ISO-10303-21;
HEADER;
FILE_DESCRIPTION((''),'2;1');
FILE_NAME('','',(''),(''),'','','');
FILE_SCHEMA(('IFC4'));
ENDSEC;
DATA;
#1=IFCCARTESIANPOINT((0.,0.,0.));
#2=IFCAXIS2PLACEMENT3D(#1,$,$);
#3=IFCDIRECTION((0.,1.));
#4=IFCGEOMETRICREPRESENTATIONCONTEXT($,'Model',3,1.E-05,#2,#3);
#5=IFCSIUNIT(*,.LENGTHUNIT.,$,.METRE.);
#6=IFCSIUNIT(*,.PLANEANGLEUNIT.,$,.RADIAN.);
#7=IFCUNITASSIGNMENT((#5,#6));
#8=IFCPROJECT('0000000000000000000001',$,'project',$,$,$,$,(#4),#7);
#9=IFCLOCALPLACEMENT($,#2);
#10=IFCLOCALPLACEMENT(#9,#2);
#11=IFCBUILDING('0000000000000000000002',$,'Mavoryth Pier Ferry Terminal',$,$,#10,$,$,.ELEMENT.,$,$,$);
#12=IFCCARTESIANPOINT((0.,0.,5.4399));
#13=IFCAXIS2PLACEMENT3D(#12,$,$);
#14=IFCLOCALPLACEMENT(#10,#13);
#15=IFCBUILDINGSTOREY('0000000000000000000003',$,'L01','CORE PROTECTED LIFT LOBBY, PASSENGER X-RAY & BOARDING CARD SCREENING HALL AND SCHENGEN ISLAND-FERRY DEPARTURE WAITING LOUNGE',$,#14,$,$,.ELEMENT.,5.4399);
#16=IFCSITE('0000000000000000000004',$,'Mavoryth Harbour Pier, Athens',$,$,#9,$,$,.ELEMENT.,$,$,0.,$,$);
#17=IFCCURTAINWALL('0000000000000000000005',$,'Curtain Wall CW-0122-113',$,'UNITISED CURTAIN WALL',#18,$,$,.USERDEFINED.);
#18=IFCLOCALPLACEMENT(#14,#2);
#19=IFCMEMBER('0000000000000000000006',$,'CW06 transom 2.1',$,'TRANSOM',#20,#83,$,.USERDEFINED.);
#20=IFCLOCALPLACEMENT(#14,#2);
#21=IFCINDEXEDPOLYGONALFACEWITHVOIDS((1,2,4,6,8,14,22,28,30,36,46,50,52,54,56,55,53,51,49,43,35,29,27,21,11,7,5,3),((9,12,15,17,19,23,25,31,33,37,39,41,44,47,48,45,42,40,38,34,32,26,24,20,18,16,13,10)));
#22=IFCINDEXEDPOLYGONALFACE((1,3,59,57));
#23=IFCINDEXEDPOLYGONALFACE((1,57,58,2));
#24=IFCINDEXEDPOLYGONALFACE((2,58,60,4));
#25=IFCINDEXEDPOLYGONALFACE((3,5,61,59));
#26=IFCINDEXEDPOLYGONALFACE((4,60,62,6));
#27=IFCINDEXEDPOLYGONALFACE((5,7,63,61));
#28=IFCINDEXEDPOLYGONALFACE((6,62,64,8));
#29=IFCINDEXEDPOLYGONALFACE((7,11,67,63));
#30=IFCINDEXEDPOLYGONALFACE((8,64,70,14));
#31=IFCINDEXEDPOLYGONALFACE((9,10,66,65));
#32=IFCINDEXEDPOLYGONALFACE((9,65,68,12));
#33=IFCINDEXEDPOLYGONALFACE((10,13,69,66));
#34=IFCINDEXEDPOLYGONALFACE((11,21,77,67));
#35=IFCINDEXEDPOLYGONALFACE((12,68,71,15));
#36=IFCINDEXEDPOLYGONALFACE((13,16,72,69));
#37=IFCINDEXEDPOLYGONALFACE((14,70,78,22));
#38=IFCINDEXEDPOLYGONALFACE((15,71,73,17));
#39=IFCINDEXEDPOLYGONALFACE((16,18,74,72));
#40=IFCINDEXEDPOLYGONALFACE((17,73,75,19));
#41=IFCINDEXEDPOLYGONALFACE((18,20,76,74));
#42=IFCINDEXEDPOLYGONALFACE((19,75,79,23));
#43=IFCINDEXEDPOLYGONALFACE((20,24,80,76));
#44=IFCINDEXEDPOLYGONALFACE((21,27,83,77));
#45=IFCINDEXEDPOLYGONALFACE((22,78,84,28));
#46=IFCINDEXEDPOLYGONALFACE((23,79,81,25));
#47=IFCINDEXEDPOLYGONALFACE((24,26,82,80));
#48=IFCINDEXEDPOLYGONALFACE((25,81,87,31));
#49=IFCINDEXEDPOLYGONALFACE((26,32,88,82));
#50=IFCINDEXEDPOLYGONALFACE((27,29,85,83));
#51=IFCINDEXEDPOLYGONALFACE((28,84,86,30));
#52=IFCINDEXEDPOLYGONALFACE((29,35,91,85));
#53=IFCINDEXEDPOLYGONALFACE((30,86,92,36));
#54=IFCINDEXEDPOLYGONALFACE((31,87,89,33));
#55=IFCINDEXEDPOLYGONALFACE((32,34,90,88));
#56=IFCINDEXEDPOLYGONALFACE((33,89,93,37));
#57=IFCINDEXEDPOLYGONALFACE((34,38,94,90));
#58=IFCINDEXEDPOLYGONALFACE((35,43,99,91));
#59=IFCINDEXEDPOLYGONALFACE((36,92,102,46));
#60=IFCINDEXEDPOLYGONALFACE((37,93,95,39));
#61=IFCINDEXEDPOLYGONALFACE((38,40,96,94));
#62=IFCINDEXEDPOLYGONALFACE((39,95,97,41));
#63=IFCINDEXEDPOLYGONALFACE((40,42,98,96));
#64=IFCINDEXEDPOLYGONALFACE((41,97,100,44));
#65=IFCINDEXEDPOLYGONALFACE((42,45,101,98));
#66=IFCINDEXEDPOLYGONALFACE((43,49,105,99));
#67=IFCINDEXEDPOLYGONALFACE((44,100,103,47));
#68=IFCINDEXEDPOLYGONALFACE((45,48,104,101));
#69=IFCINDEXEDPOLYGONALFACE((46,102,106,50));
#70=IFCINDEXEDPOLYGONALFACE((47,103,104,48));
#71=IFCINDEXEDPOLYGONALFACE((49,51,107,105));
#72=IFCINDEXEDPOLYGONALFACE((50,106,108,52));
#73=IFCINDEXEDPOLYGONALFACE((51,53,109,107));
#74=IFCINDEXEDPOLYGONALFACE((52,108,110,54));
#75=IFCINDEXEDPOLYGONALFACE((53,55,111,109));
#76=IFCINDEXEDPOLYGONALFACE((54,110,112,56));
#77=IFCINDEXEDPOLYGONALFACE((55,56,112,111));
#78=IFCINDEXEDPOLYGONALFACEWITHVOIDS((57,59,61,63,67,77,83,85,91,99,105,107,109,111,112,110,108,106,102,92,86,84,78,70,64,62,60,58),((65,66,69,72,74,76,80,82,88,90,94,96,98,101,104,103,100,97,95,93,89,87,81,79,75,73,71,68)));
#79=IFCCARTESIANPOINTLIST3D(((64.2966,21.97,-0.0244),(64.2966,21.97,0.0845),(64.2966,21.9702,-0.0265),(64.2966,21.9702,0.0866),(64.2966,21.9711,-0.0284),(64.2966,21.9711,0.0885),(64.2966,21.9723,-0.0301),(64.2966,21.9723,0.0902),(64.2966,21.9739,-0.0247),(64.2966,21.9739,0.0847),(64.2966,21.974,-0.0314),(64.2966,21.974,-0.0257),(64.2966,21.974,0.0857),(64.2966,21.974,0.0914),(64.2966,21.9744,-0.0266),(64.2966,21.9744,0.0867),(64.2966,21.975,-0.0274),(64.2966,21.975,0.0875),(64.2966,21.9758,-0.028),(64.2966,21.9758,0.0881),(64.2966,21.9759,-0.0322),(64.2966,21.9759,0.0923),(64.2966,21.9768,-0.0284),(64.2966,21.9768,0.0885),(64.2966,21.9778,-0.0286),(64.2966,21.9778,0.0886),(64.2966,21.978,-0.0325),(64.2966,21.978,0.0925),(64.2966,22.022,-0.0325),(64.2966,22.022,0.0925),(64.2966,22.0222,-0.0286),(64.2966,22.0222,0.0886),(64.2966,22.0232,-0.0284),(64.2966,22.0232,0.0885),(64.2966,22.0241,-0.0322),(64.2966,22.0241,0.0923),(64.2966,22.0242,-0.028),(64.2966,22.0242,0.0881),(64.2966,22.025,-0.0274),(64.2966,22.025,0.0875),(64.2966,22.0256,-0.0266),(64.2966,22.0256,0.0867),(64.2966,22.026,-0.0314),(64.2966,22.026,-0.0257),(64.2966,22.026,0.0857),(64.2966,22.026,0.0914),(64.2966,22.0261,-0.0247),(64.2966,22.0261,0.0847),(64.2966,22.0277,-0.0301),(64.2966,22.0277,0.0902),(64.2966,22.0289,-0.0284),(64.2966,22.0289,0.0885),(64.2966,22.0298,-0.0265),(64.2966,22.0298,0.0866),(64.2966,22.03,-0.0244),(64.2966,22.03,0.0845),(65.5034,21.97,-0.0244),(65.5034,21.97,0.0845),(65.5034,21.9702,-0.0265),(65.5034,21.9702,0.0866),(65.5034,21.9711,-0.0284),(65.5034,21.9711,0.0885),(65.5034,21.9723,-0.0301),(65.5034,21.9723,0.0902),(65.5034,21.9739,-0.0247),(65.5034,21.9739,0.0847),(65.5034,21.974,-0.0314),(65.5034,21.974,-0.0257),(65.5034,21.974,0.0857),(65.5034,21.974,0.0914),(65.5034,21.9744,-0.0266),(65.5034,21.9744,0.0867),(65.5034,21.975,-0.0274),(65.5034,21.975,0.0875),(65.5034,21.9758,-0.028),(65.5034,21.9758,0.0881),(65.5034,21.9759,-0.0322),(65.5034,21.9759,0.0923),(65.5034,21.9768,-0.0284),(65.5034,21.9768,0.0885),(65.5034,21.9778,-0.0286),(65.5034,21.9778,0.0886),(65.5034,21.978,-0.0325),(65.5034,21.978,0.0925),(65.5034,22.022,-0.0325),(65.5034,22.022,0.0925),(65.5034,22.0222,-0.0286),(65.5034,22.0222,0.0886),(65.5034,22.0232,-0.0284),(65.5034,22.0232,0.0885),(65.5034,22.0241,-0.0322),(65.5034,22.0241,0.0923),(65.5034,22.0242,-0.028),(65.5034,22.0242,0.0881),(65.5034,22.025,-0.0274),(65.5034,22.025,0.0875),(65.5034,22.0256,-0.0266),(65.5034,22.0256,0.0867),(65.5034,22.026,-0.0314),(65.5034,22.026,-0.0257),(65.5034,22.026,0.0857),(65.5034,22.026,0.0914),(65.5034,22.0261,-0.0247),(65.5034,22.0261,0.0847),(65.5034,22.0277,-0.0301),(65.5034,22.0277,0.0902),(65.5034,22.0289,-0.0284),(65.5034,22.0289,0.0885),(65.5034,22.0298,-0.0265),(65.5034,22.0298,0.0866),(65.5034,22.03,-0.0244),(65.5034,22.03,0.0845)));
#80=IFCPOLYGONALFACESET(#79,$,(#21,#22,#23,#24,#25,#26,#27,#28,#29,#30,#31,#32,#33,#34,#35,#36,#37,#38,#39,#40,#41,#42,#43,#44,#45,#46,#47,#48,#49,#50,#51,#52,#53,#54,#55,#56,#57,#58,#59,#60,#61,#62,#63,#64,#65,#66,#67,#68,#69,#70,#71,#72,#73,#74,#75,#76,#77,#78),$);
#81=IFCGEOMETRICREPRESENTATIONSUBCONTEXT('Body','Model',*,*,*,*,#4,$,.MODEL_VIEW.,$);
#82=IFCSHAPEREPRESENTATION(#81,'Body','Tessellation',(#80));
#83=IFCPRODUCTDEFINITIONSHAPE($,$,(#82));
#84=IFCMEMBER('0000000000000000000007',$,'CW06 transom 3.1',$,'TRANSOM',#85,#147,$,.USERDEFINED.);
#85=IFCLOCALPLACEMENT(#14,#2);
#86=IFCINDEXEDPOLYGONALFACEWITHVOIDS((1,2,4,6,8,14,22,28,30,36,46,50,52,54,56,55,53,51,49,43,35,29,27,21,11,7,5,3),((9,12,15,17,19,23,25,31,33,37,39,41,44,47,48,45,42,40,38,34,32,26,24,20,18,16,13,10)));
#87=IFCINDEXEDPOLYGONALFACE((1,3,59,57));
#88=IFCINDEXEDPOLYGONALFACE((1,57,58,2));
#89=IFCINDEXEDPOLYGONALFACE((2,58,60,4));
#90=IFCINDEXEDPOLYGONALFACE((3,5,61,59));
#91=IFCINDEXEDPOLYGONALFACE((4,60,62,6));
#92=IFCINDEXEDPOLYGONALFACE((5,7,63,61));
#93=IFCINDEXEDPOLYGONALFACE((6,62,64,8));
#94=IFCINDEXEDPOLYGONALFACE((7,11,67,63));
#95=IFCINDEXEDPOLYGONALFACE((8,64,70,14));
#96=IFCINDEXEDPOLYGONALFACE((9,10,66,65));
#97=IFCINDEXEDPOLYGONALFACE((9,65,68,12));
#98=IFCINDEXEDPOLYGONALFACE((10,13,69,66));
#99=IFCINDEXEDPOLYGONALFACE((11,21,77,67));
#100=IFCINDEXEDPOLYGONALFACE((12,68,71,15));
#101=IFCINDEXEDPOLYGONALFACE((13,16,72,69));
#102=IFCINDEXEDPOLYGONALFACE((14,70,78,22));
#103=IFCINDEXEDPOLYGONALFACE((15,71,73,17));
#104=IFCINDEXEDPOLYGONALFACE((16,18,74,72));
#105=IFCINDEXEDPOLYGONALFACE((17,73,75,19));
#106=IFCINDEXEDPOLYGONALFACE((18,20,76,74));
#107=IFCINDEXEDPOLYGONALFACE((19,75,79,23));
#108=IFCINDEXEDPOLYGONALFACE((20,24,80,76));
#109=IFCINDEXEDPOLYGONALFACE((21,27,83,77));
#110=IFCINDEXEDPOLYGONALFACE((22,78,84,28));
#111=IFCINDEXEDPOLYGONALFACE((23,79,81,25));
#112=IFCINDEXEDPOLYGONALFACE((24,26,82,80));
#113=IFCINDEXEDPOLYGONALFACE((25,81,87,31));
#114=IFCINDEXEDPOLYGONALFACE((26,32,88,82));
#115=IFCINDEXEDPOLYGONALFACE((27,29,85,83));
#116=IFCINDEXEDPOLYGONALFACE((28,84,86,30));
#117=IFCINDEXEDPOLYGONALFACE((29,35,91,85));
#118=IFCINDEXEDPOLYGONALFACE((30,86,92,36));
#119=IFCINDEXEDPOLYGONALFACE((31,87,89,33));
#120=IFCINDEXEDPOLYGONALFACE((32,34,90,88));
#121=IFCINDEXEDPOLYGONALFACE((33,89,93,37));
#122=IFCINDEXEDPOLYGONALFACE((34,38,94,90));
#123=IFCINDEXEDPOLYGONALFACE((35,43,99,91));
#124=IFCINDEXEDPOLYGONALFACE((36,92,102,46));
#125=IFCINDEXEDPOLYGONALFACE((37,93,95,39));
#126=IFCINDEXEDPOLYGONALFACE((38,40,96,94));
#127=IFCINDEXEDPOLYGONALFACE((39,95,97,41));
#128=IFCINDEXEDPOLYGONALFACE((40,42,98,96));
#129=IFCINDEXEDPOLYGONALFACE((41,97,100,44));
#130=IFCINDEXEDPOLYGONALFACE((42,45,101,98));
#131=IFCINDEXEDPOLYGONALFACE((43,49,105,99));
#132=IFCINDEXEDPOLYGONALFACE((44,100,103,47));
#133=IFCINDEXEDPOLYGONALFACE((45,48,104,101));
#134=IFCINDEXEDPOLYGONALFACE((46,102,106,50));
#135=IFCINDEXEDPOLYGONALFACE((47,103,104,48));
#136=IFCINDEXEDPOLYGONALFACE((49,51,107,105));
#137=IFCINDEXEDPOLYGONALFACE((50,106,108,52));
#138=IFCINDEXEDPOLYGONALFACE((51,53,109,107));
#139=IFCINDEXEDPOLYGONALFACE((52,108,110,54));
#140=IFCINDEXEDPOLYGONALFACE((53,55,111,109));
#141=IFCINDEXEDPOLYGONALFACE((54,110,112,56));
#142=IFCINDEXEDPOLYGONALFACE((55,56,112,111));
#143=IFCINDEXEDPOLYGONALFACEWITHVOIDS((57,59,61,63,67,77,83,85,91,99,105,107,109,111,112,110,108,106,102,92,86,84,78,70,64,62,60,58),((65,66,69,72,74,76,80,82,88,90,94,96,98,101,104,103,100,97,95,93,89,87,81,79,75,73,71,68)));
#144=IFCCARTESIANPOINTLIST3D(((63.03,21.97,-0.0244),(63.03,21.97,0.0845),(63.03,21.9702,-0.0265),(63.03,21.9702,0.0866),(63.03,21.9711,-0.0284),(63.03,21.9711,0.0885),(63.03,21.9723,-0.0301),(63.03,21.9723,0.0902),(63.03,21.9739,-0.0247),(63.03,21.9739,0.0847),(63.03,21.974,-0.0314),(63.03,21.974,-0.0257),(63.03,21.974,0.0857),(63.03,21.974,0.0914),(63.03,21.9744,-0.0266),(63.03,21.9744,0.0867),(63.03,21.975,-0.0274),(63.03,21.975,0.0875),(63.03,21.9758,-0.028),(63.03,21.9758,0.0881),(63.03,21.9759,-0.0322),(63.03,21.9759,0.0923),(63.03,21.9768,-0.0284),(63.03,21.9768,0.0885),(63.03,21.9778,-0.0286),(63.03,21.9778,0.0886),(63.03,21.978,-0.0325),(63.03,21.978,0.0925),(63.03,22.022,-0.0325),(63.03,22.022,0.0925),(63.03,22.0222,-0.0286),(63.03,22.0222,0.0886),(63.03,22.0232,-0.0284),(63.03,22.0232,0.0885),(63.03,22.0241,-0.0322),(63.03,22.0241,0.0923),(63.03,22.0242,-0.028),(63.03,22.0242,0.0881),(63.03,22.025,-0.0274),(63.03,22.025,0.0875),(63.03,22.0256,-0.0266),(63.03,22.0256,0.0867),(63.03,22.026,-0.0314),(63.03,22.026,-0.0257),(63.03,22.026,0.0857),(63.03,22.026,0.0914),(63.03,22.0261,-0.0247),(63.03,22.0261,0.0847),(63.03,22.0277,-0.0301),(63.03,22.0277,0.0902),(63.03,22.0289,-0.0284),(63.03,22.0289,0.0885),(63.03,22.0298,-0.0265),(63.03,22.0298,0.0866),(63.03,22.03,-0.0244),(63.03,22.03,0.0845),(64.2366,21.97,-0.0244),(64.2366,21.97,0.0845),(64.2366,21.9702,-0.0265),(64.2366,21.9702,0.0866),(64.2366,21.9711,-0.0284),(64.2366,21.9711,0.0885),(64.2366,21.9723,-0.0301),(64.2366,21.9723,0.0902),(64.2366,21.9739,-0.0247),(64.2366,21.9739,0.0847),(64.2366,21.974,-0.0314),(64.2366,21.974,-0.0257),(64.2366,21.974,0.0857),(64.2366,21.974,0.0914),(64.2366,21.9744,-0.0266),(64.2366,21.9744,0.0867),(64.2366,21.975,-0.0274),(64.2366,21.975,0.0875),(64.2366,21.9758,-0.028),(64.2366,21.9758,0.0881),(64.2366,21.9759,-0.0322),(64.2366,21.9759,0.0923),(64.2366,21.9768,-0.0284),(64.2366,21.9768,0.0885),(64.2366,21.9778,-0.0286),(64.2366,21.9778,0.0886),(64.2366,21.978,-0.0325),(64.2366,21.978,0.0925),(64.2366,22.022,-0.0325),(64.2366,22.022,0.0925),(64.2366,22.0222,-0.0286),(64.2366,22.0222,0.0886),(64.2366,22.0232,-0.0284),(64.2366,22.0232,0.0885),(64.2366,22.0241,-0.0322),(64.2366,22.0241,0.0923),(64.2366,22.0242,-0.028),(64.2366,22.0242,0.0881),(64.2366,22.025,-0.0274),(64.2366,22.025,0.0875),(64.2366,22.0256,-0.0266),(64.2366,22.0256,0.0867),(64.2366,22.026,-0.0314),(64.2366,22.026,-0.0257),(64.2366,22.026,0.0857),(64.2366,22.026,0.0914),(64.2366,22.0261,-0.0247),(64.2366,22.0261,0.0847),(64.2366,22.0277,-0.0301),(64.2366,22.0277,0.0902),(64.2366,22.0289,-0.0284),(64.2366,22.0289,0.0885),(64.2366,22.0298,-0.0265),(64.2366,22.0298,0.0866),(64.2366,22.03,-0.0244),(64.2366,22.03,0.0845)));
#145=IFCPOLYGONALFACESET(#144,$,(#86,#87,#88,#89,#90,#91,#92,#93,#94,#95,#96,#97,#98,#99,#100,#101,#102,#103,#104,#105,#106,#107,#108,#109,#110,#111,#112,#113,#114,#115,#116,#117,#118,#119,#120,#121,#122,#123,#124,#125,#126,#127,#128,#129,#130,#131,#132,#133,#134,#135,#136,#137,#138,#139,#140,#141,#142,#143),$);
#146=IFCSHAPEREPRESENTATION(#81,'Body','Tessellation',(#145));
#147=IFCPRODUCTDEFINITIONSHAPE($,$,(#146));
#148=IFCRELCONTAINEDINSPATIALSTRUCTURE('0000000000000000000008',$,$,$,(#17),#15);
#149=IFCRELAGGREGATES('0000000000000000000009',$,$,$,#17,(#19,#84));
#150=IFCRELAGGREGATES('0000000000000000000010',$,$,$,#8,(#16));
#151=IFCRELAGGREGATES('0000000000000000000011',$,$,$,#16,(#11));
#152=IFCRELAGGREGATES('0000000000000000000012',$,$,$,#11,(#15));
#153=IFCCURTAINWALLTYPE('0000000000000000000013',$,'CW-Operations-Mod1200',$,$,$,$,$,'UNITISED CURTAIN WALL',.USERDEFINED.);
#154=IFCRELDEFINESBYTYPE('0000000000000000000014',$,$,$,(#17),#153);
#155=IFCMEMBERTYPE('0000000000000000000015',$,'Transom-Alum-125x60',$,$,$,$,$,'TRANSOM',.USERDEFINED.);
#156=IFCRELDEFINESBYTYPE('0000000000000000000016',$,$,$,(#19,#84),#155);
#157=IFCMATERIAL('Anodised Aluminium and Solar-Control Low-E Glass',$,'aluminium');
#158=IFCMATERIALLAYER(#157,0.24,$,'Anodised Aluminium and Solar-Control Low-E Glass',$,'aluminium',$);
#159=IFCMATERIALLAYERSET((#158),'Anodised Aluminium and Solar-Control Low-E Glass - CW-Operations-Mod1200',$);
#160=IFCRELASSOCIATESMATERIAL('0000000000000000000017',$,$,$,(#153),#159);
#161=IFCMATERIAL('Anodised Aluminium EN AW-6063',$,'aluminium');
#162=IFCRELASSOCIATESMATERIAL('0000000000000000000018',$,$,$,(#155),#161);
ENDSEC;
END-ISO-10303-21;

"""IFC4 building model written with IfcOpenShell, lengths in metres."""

from ifc_helpers import new_model, si_unit, direction, frame, origin, origin_2d, place, context, subcontext, project, spatial, hollow_rectangle, extrude, material, layer, layer_set, material_profile, profile_set, type_object, element, aggregate, save


model = new_model("IFC4")

# Units and contexts
model_context = context("Model", 3, precision=1e-05, world=origin(), true_north=direction((0.0, 1.0)))
body_context = subcontext(model_context, "Body", "Model", "MODEL_VIEW")
ifc_project = project(units=[si_unit("LENGTHUNIT", "METRE"), si_unit("PLANEANGLEUNIT", "RADIAN")], contexts=[model_context])

# Site, building, storey
site_placement = place(None, origin())
site = spatial("IfcSite", under=ifc_project, at=site_placement, Name="Mavoryth Harbour Pier, Athens", CompositionType="ELEMENT", RefElevation=0.0)
building_placement = place(site_placement, origin())
building = spatial("IfcBuilding", under=site, at=building_placement, Name="Mavoryth Pier Ferry Terminal", CompositionType="ELEMENT")
storey_placement = place(building_placement, frame((0.0, 0.0, 5.4399)))
storey = spatial("IfcBuildingStorey", under=building, at=storey_placement, Name="L01", Description="CORE PROTECTED LIFT LOBBY, PASSENGER X-RAY & BOARDING CARD SCREENING HALL AND SCHENGEN ISLAND-FERRY DEPARTURE WAITING LOUNGE", CompositionType="ELEMENT", Elevation=5.4399)

# Curtain wall, members
ifc_material_1 = material(Name="Anodised Aluminium and Solar-Control Low-E Glass", Category="aluminium")
ifc_layer_1 = layer(ifc_material_1, 0.24, Name="Anodised Aluminium and Solar-Control Low-E Glass", Category="aluminium")
ifc_layer_set_1 = layer_set([ifc_layer_1], Name="Anodised Aluminium and Solar-Control Low-E Glass - CW-Operations-Mod1200")
curtain_wall_type = type_object("IfcCurtainWallType", Name="CW-Operations-Mod1200", ElementType="UNITISED CURTAIN WALL", PredefinedType="USERDEFINED", material=ifc_layer_set_1)
curtain_wall_placement = place(storey_placement, origin())
curtain_wall = element("IfcCurtainWall", 1, at=curtain_wall_placement, inside=storey, type_object=curtain_wall_type, Name="Curtain Wall CW-0122-113", ObjectType="UNITISED CURTAIN WALL", PredefinedType="USERDEFINED")
ifc_material_2 = material(Name="Anodised Aluminium EN AW-6063", Category="aluminium")
ifc_material_profile_1 = material_profile(ifc_material_2, hollow_rectangle(XDim=0.0601, YDim=0.125, WallThickness=0.0039, InnerFilletRadius=0.0039, OuterFilletRadius=0.0081, at=origin_2d()), Name="AL-TRAN 125x60x4", Category="aluminium")
ifc_profile_set_1 = profile_set([ifc_material_profile_1], Name="Anodised Aluminium EN AW-6063 - AL-TRAN 125x60x4")
member_type_1 = type_object("IfcMemberType", Name="Transom-Alum-125x60", ElementType="TRANSOM", PredefinedType="USERDEFINED", material=ifc_profile_set_1)
member_1_placement = place(storey_placement, frame((65.5034, 22.0, 0.03), z_axis=(-1.0, 0.0, 0.0), x_axis=(0.0, -1.0, 0.0)))
member_1 = element("IfcMember", 2, at=member_1_placement, type_object=member_type_1, Name="CW06 transom 2.1", ObjectType="TRANSOM", PredefinedType="USERDEFINED", context=body_context, shape_type="SweptSolid", body=[
    extrude(hollow_rectangle(XDim=0.0601, YDim=0.125, WallThickness=0.0039, InnerFilletRadius=0.0039, OuterFilletRadius=0.0081, at=origin_2d()), origin(), (0.0, 0.0, 1.0), 1.2068),
])
member_2_placement = place(storey_placement, frame((64.2366, 22.0, 0.03), z_axis=(-1.0, 0.0, 0.0), x_axis=(0.0, -1.0, 0.0)))
member_2 = element("IfcMember", 3, at=member_2_placement, type_object=member_type_1, Name="CW06 transom 3.1", ObjectType="TRANSOM", PredefinedType="USERDEFINED", context=body_context, shape_type="SweptSolid", body=[
    extrude(hollow_rectangle(XDim=0.0601, YDim=0.125, WallThickness=0.0039, InnerFilletRadius=0.0039, OuterFilletRadius=0.0081, at=origin_2d()), origin(), (0.0, 0.0, 1.0), 1.2065),
])
aggregate(curtain_wall, [member_1, member_2])

save(model, "model.ifc")
